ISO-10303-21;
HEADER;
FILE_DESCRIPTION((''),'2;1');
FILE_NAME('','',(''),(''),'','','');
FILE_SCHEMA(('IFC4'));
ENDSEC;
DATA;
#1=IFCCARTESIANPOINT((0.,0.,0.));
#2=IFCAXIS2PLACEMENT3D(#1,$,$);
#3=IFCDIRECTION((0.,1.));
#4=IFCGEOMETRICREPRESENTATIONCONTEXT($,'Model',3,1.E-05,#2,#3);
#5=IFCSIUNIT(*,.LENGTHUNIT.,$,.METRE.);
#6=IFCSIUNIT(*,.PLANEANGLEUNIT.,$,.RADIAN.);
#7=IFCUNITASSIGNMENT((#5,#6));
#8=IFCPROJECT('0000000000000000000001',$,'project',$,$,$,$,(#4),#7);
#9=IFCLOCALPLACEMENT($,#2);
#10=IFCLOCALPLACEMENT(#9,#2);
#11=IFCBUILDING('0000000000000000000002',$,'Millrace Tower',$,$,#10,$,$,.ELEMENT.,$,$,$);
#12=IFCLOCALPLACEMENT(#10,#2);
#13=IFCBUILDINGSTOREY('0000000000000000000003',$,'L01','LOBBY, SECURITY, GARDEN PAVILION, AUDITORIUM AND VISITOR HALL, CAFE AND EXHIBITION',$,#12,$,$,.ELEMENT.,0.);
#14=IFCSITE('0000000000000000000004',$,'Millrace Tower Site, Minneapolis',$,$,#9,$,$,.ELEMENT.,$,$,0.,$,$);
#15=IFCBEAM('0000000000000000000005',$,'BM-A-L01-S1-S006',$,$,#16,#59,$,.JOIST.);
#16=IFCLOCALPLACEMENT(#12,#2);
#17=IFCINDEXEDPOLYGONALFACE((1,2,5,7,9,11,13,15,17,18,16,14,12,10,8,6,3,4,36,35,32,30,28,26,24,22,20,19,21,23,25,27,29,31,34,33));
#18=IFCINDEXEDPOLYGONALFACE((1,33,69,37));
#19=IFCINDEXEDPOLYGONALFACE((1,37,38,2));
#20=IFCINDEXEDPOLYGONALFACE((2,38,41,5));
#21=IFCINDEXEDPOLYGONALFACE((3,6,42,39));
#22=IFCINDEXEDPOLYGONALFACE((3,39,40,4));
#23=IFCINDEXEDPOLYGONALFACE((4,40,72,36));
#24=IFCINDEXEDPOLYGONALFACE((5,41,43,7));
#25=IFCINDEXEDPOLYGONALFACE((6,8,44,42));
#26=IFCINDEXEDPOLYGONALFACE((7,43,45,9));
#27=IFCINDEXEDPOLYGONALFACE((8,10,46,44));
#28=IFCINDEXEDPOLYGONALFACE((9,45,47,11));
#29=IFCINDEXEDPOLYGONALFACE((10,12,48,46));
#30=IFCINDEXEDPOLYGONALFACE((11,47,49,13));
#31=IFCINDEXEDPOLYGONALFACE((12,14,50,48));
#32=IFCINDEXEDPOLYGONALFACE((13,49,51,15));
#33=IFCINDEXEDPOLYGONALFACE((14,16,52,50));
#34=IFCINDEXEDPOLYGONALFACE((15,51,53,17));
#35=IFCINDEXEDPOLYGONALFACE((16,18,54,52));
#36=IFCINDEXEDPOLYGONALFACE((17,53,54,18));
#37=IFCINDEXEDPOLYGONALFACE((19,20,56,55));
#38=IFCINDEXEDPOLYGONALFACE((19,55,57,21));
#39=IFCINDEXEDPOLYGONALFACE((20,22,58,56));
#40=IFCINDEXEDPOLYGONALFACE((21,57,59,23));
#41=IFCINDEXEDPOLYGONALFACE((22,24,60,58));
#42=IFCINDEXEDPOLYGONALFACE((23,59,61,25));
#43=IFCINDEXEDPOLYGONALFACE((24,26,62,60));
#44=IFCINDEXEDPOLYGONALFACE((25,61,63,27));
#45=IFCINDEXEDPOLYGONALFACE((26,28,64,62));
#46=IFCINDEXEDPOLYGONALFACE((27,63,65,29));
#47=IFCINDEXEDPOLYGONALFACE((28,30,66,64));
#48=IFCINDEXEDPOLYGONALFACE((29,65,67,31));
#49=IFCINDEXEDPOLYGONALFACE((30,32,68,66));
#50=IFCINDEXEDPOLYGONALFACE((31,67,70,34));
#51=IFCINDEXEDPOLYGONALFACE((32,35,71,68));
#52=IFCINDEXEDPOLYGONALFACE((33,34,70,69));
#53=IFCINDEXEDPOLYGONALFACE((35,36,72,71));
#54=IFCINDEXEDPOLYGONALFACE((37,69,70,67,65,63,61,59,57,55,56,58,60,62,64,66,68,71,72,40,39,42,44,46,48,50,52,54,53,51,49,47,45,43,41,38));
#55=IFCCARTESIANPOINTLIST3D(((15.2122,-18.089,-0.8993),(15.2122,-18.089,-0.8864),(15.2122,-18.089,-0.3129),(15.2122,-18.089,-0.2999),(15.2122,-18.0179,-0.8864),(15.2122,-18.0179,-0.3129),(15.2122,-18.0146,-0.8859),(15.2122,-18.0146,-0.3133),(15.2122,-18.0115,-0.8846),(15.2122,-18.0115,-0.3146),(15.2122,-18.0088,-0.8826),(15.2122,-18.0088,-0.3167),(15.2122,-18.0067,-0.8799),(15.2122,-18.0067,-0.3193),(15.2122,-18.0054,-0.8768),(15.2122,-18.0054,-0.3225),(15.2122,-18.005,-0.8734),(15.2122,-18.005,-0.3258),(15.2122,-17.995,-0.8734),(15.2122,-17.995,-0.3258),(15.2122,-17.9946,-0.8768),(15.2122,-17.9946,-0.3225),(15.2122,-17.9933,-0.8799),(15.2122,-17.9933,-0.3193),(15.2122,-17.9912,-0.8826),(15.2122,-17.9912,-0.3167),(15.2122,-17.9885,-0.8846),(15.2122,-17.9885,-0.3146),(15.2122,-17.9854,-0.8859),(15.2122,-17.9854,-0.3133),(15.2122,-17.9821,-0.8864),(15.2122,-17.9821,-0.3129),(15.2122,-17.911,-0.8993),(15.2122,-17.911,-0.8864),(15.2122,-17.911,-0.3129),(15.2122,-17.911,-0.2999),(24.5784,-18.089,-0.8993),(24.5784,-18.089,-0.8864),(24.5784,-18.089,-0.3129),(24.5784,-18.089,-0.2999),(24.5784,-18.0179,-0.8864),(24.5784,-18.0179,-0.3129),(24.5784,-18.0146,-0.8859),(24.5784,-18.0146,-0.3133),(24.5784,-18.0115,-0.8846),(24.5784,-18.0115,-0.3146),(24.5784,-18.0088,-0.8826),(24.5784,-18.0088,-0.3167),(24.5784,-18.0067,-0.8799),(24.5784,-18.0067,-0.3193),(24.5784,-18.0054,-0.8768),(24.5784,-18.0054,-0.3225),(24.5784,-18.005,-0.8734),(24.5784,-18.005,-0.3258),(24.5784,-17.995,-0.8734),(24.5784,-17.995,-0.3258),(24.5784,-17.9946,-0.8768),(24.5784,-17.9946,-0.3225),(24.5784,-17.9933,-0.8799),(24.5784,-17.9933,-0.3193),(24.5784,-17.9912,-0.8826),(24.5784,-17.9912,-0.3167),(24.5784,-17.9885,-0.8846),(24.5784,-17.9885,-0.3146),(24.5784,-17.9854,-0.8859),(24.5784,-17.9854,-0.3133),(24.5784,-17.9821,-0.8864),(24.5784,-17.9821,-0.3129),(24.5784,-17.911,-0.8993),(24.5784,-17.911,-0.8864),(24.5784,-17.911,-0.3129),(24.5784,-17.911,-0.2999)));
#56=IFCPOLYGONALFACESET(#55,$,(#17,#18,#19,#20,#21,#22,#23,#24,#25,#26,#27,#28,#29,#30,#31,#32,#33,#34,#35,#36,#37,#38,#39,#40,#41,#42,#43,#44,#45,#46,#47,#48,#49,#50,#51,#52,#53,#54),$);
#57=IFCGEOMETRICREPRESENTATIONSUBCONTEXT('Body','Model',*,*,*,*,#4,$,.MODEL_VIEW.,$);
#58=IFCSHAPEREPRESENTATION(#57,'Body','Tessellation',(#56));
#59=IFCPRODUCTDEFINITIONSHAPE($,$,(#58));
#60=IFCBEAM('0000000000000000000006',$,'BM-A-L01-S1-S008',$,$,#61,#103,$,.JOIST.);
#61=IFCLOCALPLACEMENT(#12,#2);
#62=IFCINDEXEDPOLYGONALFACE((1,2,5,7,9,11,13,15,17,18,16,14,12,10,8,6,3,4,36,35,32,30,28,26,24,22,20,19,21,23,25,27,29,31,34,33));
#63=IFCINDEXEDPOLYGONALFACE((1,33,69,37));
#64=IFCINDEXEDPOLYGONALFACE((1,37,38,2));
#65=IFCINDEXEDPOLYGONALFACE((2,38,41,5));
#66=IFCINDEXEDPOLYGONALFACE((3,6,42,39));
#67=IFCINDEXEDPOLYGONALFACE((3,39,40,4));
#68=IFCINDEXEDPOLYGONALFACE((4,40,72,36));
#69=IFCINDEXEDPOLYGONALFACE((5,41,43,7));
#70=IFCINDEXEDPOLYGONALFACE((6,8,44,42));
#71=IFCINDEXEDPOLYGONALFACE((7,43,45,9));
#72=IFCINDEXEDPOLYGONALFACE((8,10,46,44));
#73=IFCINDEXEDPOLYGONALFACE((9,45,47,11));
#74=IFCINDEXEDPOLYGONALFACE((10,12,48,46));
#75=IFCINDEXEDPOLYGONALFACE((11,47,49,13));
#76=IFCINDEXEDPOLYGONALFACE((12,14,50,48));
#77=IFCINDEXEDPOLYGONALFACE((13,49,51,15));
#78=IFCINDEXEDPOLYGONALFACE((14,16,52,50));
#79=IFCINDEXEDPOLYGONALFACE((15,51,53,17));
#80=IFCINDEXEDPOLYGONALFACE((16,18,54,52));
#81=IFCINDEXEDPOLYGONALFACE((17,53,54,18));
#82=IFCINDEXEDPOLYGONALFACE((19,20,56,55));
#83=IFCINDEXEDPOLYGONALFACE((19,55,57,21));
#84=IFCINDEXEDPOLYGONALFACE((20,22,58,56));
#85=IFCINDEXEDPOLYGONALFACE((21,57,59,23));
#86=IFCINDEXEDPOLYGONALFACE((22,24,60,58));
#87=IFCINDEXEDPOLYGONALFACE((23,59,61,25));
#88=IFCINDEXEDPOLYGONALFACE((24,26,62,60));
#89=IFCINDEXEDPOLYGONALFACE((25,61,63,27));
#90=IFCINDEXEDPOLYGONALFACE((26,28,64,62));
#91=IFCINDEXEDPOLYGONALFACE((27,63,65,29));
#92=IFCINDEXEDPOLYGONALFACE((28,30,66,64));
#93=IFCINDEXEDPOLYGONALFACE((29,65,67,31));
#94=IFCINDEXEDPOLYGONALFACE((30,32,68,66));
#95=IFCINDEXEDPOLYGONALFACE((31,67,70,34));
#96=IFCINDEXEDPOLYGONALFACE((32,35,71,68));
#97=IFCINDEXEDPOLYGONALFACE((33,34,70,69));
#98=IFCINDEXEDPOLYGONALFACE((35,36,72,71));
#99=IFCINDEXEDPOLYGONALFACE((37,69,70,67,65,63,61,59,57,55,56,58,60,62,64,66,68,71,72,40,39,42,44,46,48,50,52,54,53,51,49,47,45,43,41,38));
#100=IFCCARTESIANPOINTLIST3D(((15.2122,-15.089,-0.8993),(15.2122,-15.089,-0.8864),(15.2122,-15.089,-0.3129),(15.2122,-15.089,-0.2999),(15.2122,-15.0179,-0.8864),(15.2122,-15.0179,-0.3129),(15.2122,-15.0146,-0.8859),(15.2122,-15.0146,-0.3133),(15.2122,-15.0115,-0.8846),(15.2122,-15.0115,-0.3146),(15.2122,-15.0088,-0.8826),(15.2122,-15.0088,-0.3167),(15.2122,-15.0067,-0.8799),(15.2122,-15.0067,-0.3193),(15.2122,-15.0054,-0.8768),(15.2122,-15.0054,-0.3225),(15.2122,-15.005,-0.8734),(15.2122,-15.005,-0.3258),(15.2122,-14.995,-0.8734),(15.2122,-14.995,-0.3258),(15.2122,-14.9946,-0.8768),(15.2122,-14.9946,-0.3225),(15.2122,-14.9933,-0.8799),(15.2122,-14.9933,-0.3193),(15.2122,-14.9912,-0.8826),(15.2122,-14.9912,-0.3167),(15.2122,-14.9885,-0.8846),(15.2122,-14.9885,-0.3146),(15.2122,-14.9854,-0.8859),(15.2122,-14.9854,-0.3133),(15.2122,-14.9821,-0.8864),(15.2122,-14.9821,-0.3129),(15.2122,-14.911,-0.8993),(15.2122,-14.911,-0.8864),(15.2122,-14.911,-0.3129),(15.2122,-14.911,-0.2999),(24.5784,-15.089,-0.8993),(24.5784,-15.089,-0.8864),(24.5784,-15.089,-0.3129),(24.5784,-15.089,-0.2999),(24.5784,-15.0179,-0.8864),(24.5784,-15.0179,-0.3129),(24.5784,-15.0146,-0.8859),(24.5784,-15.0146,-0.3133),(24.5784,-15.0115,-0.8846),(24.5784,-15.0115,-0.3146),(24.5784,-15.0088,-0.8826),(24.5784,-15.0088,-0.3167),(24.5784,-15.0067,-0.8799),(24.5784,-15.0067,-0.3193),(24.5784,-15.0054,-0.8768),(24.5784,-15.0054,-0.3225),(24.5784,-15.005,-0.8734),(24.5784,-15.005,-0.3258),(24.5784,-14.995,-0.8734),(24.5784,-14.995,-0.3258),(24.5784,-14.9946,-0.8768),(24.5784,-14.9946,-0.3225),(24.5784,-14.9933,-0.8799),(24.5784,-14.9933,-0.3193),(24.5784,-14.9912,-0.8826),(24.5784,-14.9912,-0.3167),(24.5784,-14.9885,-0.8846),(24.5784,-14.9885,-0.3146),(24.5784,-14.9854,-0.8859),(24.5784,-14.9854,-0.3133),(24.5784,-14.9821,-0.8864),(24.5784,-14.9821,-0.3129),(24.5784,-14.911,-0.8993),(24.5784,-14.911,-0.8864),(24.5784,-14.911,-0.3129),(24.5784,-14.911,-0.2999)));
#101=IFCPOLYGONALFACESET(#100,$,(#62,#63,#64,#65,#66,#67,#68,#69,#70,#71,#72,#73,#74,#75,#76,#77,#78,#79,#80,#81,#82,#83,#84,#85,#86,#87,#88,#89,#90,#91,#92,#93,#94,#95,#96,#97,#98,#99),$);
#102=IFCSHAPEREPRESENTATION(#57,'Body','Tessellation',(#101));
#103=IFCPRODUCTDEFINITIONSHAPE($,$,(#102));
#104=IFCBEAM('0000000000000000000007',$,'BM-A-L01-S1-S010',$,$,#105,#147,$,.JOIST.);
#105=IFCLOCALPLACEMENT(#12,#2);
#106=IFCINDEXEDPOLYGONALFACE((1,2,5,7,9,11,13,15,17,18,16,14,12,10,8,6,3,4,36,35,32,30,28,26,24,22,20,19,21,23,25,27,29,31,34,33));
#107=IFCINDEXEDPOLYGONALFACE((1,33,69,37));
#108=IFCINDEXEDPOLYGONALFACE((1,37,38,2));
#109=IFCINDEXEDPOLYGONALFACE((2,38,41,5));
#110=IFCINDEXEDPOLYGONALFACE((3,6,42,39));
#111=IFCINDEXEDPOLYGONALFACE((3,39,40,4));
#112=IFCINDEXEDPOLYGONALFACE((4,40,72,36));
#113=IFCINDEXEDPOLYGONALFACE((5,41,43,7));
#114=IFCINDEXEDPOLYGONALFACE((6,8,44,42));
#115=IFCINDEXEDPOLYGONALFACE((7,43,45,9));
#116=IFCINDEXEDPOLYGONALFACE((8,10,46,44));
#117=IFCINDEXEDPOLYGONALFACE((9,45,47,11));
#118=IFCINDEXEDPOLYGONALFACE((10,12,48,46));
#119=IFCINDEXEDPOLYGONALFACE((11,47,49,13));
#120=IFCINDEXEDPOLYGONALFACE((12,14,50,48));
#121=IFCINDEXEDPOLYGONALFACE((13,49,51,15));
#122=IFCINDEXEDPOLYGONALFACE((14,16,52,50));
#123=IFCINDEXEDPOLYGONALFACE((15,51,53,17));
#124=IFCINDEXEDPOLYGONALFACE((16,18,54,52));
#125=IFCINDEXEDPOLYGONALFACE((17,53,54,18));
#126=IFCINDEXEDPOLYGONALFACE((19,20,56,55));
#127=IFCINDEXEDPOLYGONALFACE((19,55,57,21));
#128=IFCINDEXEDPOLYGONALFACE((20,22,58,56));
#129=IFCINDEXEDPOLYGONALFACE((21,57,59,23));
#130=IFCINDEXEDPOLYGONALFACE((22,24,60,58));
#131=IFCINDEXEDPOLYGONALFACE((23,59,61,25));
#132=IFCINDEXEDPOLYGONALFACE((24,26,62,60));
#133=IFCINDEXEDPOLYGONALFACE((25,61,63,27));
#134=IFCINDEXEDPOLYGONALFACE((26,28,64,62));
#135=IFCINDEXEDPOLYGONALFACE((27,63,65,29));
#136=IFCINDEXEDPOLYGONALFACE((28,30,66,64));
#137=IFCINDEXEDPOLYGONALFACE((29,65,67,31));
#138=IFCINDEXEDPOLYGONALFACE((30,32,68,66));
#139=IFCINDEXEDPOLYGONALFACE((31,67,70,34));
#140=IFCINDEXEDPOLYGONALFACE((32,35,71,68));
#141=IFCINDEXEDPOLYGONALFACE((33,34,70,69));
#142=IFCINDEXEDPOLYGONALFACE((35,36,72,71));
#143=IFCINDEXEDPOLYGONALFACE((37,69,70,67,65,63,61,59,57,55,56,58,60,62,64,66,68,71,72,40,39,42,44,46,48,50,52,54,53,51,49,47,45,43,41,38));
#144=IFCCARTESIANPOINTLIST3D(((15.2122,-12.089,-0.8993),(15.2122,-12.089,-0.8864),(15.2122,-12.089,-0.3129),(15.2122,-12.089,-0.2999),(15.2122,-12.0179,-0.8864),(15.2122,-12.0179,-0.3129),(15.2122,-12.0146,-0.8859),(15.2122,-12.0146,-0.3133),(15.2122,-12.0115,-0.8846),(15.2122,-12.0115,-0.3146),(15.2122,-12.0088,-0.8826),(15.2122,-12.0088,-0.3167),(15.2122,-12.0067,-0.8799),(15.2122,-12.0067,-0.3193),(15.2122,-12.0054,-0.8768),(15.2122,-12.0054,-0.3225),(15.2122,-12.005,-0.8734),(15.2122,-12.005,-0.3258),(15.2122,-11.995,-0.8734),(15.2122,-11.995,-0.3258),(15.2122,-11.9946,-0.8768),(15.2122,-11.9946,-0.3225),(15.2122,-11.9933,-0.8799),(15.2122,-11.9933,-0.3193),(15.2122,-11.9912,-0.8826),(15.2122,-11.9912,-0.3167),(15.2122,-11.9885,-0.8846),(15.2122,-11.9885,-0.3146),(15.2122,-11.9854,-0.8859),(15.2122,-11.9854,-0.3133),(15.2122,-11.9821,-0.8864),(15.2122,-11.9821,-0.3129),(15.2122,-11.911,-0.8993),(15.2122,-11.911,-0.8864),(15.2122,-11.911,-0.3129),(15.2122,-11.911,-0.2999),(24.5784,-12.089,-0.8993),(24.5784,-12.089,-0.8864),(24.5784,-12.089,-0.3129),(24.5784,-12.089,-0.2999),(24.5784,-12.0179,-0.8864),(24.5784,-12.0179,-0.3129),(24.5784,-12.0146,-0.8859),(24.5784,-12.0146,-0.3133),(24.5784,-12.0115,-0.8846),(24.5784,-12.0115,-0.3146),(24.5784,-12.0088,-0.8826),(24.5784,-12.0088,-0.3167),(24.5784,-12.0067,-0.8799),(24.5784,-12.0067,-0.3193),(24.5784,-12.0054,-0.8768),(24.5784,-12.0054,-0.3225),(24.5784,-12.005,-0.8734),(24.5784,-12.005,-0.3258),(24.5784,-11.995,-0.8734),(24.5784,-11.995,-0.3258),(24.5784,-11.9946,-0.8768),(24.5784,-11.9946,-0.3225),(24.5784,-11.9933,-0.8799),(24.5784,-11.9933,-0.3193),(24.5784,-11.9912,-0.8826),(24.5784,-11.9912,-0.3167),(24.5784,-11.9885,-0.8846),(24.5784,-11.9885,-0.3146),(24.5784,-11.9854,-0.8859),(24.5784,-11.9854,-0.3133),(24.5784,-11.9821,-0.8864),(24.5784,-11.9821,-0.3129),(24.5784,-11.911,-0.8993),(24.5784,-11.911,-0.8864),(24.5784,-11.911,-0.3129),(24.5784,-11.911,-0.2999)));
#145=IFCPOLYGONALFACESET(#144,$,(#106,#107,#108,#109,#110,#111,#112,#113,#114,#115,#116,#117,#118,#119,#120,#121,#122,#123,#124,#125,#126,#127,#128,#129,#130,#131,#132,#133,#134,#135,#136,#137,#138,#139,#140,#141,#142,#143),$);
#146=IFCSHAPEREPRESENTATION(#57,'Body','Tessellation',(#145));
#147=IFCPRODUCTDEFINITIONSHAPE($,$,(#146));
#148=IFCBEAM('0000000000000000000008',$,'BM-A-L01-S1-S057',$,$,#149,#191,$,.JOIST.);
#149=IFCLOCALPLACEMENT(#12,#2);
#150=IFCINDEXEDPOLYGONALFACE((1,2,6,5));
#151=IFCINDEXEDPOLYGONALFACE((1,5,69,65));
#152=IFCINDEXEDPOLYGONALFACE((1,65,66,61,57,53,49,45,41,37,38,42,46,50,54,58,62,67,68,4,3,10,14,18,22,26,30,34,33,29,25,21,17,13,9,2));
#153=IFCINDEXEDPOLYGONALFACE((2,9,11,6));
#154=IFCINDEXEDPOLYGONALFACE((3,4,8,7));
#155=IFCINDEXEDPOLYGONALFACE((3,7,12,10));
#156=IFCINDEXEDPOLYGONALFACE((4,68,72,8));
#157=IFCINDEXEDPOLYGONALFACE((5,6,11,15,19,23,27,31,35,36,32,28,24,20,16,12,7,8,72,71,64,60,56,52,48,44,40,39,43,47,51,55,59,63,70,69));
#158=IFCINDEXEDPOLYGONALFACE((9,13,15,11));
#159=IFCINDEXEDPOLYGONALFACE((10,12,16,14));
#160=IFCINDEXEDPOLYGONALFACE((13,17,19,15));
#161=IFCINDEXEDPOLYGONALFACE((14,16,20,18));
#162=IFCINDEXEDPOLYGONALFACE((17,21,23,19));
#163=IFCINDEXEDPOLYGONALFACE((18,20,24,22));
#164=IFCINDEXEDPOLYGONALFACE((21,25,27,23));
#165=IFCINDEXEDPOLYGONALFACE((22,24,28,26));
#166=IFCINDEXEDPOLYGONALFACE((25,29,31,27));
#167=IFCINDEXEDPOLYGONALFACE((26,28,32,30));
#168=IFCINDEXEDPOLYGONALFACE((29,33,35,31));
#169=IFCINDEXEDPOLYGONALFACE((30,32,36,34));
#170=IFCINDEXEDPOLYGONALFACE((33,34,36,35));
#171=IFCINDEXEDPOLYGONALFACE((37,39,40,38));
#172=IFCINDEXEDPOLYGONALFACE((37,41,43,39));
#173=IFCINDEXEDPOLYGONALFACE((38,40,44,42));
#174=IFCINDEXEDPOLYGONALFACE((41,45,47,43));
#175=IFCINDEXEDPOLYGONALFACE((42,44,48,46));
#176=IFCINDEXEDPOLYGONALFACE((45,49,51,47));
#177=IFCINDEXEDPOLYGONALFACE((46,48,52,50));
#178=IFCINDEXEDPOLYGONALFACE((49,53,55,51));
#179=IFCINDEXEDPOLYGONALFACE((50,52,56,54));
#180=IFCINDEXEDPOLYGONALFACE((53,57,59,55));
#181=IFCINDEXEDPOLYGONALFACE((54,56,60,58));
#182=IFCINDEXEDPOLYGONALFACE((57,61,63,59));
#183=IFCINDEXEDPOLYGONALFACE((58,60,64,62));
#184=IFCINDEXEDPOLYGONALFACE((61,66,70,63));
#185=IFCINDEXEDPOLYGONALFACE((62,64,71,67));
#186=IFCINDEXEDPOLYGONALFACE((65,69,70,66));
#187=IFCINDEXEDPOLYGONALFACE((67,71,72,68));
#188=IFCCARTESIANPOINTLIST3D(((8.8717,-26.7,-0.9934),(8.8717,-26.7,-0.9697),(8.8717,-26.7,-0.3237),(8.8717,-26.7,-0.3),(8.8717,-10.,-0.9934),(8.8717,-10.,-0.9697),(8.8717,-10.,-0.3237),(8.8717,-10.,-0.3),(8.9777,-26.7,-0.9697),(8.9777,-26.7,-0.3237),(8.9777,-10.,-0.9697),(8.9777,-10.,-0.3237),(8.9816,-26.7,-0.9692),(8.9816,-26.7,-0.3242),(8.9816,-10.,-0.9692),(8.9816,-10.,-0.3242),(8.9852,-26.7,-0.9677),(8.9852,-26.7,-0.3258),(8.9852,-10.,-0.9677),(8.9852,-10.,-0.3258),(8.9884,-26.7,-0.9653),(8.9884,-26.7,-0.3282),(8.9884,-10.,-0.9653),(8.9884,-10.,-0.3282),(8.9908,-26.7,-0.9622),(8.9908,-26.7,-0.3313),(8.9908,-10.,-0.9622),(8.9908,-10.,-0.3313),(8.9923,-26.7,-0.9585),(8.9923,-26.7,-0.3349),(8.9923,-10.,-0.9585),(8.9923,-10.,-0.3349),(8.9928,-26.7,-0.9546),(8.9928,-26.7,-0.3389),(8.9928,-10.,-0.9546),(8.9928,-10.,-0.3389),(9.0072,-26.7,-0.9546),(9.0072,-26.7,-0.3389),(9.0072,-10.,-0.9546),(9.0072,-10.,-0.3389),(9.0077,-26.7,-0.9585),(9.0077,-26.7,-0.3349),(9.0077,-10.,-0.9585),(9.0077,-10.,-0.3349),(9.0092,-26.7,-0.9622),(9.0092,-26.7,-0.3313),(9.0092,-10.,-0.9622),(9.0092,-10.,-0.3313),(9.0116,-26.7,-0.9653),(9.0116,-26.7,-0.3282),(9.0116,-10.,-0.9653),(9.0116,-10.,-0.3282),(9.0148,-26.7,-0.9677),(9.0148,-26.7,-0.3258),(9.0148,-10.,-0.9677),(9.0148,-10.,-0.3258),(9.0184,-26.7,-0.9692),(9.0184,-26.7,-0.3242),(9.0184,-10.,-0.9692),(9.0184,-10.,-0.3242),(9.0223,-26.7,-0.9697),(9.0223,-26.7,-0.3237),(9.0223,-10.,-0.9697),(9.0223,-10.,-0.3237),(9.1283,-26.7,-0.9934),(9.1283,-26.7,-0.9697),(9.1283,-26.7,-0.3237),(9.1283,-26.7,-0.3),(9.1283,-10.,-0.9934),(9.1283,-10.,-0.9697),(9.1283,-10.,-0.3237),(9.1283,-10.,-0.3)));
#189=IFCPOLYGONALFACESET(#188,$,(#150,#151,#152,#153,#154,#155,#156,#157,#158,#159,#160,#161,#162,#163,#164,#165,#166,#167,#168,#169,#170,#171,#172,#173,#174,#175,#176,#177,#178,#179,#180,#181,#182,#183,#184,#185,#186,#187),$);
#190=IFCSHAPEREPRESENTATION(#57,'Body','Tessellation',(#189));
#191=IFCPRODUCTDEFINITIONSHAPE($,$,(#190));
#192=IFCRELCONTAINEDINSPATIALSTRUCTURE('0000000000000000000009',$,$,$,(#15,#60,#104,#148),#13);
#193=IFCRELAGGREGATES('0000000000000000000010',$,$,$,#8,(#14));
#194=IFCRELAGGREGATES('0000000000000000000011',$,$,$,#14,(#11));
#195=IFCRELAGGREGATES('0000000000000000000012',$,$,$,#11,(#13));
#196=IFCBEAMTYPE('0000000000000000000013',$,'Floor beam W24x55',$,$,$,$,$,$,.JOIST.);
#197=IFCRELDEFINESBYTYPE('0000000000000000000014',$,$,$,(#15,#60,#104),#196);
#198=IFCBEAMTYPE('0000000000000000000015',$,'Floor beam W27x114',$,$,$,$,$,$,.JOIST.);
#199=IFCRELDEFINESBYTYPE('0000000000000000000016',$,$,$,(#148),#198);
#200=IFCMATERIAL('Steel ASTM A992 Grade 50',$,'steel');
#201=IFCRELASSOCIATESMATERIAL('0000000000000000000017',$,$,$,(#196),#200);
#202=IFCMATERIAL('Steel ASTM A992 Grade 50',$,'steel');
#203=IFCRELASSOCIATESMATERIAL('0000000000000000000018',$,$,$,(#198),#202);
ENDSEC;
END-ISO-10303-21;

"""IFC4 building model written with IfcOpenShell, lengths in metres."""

from ifc_helpers import new_model, si_unit, direction, frame, origin, origin_2d, place, context, subcontext, project, spatial, i_section, extrude, material, material_profile, profile_set, type_object, element, save


model = new_model("IFC4")

# Units and contexts
model_context = context("Model", 3, precision=1e-05, world=origin(), true_north=direction((0.0, 1.0)))
body_context = subcontext(model_context, "Body", "Model", "MODEL_VIEW")
ifc_project = project(units=[si_unit("LENGTHUNIT", "METRE"), si_unit("PLANEANGLEUNIT", "RADIAN")], contexts=[model_context])

# Site, building, storey
site_placement = place(None, origin())
site = spatial("IfcSite", under=ifc_project, at=site_placement, Name="Millrace Tower Site, Minneapolis", CompositionType="ELEMENT", RefElevation=0.0)
building_placement = place(site_placement, origin())
building = spatial("IfcBuilding", under=site, at=building_placement, Name="Millrace Tower", CompositionType="ELEMENT")
storey_placement = place(building_placement, origin())
storey = spatial("IfcBuildingStorey", under=building, at=storey_placement, Name="L01", Description="LOBBY, SECURITY, GARDEN PAVILION, AUDITORIUM AND VISITOR HALL, CAFE AND EXHIBITION", CompositionType="ELEMENT", Elevation=0.0)

# Beams
ifc_material_1 = material(Name="Steel ASTM A992 Grade 50", Category="steel")
ifc_material_profile_1 = material_profile(ifc_material_1, i_section(OverallWidth=0.178, OverallDepth=0.5994, WebThickness=0.01, FlangeThickness=0.0129, FilletRadius=0.0129, at=origin_2d()))
ifc_profile_set_1 = profile_set([ifc_material_profile_1], Name="Steel ASTM A992 Grade 50")
beam_type_1 = type_object("IfcBeamType", Name="Floor beam W24x55", PredefinedType="JOIST", material=ifc_profile_set_1)
for number, where, z_axis, x_axis, name in (
    (1, (15.2122, -18.0, -0.5996), (1.0, 0.0, 0.0), (0.0, 1.0, 0.0), "BM-A-L01-S1-S006"),
    (2, (15.2122, -15.0, -0.5996), (1.0, 0.0, 0.0), (0.0, 1.0, 0.0), "BM-A-L01-S1-S008"),
    (3, (15.2122, -12.0, -0.5996), (1.0, 0.0, 0.0), (0.0, 1.0, 0.0), "BM-A-L01-S1-S010"),
):
    element("IfcBeam", number, at=place(storey_placement, frame(where, z_axis=z_axis, x_axis=x_axis)), inside=storey, type_object=beam_type_1, Name=name, PredefinedType="JOIST", context=body_context, shape_type="SweptSolid", body=[
        extrude(i_section(OverallWidth=0.178, OverallDepth=0.5994, WebThickness=0.01, FlangeThickness=0.0129, FilletRadius=0.0129, at=origin_2d()), origin(), (0.0, 0.0, 1.0), 9.3662),
    ])
ifc_material_2 = material(Name="Steel ASTM A992 Grade 50", Category="steel")
ifc_material_profile_2 = material_profile(ifc_material_2, i_section(OverallWidth=0.2566, OverallDepth=0.6934, WebThickness=0.0144, FlangeThickness=0.0237, FilletRadius=0.0151, at=origin_2d()))
ifc_profile_set_2 = profile_set([ifc_material_profile_2], Name="Steel ASTM A992 Grade 50")
beam_type_2 = type_object("IfcBeamType", Name="Floor beam W27x114", PredefinedType="JOIST", material=ifc_profile_set_2)
for number, where, z_axis, x_axis, name in (
    (4, (9.0, -26.7, -0.6467), (0.0, 1.0, 0.0), (-1.0, 0.0, 0.0), "BM-A-L01-S1-S057"),
):
    element("IfcBeam", number, at=place(storey_placement, frame(where, z_axis=z_axis, x_axis=x_axis)), inside=storey, type_object=beam_type_2, Name=name, PredefinedType="JOIST", context=body_context, shape_type="SweptSolid", body=[
        extrude(i_section(OverallWidth=0.2566, OverallDepth=0.6934, WebThickness=0.0144, FlangeThickness=0.0237, FilletRadius=0.0151, at=origin_2d()), origin(), (0.0, 0.0, 1.0), 16.7),
    ])

save(model, "model.ifc")
